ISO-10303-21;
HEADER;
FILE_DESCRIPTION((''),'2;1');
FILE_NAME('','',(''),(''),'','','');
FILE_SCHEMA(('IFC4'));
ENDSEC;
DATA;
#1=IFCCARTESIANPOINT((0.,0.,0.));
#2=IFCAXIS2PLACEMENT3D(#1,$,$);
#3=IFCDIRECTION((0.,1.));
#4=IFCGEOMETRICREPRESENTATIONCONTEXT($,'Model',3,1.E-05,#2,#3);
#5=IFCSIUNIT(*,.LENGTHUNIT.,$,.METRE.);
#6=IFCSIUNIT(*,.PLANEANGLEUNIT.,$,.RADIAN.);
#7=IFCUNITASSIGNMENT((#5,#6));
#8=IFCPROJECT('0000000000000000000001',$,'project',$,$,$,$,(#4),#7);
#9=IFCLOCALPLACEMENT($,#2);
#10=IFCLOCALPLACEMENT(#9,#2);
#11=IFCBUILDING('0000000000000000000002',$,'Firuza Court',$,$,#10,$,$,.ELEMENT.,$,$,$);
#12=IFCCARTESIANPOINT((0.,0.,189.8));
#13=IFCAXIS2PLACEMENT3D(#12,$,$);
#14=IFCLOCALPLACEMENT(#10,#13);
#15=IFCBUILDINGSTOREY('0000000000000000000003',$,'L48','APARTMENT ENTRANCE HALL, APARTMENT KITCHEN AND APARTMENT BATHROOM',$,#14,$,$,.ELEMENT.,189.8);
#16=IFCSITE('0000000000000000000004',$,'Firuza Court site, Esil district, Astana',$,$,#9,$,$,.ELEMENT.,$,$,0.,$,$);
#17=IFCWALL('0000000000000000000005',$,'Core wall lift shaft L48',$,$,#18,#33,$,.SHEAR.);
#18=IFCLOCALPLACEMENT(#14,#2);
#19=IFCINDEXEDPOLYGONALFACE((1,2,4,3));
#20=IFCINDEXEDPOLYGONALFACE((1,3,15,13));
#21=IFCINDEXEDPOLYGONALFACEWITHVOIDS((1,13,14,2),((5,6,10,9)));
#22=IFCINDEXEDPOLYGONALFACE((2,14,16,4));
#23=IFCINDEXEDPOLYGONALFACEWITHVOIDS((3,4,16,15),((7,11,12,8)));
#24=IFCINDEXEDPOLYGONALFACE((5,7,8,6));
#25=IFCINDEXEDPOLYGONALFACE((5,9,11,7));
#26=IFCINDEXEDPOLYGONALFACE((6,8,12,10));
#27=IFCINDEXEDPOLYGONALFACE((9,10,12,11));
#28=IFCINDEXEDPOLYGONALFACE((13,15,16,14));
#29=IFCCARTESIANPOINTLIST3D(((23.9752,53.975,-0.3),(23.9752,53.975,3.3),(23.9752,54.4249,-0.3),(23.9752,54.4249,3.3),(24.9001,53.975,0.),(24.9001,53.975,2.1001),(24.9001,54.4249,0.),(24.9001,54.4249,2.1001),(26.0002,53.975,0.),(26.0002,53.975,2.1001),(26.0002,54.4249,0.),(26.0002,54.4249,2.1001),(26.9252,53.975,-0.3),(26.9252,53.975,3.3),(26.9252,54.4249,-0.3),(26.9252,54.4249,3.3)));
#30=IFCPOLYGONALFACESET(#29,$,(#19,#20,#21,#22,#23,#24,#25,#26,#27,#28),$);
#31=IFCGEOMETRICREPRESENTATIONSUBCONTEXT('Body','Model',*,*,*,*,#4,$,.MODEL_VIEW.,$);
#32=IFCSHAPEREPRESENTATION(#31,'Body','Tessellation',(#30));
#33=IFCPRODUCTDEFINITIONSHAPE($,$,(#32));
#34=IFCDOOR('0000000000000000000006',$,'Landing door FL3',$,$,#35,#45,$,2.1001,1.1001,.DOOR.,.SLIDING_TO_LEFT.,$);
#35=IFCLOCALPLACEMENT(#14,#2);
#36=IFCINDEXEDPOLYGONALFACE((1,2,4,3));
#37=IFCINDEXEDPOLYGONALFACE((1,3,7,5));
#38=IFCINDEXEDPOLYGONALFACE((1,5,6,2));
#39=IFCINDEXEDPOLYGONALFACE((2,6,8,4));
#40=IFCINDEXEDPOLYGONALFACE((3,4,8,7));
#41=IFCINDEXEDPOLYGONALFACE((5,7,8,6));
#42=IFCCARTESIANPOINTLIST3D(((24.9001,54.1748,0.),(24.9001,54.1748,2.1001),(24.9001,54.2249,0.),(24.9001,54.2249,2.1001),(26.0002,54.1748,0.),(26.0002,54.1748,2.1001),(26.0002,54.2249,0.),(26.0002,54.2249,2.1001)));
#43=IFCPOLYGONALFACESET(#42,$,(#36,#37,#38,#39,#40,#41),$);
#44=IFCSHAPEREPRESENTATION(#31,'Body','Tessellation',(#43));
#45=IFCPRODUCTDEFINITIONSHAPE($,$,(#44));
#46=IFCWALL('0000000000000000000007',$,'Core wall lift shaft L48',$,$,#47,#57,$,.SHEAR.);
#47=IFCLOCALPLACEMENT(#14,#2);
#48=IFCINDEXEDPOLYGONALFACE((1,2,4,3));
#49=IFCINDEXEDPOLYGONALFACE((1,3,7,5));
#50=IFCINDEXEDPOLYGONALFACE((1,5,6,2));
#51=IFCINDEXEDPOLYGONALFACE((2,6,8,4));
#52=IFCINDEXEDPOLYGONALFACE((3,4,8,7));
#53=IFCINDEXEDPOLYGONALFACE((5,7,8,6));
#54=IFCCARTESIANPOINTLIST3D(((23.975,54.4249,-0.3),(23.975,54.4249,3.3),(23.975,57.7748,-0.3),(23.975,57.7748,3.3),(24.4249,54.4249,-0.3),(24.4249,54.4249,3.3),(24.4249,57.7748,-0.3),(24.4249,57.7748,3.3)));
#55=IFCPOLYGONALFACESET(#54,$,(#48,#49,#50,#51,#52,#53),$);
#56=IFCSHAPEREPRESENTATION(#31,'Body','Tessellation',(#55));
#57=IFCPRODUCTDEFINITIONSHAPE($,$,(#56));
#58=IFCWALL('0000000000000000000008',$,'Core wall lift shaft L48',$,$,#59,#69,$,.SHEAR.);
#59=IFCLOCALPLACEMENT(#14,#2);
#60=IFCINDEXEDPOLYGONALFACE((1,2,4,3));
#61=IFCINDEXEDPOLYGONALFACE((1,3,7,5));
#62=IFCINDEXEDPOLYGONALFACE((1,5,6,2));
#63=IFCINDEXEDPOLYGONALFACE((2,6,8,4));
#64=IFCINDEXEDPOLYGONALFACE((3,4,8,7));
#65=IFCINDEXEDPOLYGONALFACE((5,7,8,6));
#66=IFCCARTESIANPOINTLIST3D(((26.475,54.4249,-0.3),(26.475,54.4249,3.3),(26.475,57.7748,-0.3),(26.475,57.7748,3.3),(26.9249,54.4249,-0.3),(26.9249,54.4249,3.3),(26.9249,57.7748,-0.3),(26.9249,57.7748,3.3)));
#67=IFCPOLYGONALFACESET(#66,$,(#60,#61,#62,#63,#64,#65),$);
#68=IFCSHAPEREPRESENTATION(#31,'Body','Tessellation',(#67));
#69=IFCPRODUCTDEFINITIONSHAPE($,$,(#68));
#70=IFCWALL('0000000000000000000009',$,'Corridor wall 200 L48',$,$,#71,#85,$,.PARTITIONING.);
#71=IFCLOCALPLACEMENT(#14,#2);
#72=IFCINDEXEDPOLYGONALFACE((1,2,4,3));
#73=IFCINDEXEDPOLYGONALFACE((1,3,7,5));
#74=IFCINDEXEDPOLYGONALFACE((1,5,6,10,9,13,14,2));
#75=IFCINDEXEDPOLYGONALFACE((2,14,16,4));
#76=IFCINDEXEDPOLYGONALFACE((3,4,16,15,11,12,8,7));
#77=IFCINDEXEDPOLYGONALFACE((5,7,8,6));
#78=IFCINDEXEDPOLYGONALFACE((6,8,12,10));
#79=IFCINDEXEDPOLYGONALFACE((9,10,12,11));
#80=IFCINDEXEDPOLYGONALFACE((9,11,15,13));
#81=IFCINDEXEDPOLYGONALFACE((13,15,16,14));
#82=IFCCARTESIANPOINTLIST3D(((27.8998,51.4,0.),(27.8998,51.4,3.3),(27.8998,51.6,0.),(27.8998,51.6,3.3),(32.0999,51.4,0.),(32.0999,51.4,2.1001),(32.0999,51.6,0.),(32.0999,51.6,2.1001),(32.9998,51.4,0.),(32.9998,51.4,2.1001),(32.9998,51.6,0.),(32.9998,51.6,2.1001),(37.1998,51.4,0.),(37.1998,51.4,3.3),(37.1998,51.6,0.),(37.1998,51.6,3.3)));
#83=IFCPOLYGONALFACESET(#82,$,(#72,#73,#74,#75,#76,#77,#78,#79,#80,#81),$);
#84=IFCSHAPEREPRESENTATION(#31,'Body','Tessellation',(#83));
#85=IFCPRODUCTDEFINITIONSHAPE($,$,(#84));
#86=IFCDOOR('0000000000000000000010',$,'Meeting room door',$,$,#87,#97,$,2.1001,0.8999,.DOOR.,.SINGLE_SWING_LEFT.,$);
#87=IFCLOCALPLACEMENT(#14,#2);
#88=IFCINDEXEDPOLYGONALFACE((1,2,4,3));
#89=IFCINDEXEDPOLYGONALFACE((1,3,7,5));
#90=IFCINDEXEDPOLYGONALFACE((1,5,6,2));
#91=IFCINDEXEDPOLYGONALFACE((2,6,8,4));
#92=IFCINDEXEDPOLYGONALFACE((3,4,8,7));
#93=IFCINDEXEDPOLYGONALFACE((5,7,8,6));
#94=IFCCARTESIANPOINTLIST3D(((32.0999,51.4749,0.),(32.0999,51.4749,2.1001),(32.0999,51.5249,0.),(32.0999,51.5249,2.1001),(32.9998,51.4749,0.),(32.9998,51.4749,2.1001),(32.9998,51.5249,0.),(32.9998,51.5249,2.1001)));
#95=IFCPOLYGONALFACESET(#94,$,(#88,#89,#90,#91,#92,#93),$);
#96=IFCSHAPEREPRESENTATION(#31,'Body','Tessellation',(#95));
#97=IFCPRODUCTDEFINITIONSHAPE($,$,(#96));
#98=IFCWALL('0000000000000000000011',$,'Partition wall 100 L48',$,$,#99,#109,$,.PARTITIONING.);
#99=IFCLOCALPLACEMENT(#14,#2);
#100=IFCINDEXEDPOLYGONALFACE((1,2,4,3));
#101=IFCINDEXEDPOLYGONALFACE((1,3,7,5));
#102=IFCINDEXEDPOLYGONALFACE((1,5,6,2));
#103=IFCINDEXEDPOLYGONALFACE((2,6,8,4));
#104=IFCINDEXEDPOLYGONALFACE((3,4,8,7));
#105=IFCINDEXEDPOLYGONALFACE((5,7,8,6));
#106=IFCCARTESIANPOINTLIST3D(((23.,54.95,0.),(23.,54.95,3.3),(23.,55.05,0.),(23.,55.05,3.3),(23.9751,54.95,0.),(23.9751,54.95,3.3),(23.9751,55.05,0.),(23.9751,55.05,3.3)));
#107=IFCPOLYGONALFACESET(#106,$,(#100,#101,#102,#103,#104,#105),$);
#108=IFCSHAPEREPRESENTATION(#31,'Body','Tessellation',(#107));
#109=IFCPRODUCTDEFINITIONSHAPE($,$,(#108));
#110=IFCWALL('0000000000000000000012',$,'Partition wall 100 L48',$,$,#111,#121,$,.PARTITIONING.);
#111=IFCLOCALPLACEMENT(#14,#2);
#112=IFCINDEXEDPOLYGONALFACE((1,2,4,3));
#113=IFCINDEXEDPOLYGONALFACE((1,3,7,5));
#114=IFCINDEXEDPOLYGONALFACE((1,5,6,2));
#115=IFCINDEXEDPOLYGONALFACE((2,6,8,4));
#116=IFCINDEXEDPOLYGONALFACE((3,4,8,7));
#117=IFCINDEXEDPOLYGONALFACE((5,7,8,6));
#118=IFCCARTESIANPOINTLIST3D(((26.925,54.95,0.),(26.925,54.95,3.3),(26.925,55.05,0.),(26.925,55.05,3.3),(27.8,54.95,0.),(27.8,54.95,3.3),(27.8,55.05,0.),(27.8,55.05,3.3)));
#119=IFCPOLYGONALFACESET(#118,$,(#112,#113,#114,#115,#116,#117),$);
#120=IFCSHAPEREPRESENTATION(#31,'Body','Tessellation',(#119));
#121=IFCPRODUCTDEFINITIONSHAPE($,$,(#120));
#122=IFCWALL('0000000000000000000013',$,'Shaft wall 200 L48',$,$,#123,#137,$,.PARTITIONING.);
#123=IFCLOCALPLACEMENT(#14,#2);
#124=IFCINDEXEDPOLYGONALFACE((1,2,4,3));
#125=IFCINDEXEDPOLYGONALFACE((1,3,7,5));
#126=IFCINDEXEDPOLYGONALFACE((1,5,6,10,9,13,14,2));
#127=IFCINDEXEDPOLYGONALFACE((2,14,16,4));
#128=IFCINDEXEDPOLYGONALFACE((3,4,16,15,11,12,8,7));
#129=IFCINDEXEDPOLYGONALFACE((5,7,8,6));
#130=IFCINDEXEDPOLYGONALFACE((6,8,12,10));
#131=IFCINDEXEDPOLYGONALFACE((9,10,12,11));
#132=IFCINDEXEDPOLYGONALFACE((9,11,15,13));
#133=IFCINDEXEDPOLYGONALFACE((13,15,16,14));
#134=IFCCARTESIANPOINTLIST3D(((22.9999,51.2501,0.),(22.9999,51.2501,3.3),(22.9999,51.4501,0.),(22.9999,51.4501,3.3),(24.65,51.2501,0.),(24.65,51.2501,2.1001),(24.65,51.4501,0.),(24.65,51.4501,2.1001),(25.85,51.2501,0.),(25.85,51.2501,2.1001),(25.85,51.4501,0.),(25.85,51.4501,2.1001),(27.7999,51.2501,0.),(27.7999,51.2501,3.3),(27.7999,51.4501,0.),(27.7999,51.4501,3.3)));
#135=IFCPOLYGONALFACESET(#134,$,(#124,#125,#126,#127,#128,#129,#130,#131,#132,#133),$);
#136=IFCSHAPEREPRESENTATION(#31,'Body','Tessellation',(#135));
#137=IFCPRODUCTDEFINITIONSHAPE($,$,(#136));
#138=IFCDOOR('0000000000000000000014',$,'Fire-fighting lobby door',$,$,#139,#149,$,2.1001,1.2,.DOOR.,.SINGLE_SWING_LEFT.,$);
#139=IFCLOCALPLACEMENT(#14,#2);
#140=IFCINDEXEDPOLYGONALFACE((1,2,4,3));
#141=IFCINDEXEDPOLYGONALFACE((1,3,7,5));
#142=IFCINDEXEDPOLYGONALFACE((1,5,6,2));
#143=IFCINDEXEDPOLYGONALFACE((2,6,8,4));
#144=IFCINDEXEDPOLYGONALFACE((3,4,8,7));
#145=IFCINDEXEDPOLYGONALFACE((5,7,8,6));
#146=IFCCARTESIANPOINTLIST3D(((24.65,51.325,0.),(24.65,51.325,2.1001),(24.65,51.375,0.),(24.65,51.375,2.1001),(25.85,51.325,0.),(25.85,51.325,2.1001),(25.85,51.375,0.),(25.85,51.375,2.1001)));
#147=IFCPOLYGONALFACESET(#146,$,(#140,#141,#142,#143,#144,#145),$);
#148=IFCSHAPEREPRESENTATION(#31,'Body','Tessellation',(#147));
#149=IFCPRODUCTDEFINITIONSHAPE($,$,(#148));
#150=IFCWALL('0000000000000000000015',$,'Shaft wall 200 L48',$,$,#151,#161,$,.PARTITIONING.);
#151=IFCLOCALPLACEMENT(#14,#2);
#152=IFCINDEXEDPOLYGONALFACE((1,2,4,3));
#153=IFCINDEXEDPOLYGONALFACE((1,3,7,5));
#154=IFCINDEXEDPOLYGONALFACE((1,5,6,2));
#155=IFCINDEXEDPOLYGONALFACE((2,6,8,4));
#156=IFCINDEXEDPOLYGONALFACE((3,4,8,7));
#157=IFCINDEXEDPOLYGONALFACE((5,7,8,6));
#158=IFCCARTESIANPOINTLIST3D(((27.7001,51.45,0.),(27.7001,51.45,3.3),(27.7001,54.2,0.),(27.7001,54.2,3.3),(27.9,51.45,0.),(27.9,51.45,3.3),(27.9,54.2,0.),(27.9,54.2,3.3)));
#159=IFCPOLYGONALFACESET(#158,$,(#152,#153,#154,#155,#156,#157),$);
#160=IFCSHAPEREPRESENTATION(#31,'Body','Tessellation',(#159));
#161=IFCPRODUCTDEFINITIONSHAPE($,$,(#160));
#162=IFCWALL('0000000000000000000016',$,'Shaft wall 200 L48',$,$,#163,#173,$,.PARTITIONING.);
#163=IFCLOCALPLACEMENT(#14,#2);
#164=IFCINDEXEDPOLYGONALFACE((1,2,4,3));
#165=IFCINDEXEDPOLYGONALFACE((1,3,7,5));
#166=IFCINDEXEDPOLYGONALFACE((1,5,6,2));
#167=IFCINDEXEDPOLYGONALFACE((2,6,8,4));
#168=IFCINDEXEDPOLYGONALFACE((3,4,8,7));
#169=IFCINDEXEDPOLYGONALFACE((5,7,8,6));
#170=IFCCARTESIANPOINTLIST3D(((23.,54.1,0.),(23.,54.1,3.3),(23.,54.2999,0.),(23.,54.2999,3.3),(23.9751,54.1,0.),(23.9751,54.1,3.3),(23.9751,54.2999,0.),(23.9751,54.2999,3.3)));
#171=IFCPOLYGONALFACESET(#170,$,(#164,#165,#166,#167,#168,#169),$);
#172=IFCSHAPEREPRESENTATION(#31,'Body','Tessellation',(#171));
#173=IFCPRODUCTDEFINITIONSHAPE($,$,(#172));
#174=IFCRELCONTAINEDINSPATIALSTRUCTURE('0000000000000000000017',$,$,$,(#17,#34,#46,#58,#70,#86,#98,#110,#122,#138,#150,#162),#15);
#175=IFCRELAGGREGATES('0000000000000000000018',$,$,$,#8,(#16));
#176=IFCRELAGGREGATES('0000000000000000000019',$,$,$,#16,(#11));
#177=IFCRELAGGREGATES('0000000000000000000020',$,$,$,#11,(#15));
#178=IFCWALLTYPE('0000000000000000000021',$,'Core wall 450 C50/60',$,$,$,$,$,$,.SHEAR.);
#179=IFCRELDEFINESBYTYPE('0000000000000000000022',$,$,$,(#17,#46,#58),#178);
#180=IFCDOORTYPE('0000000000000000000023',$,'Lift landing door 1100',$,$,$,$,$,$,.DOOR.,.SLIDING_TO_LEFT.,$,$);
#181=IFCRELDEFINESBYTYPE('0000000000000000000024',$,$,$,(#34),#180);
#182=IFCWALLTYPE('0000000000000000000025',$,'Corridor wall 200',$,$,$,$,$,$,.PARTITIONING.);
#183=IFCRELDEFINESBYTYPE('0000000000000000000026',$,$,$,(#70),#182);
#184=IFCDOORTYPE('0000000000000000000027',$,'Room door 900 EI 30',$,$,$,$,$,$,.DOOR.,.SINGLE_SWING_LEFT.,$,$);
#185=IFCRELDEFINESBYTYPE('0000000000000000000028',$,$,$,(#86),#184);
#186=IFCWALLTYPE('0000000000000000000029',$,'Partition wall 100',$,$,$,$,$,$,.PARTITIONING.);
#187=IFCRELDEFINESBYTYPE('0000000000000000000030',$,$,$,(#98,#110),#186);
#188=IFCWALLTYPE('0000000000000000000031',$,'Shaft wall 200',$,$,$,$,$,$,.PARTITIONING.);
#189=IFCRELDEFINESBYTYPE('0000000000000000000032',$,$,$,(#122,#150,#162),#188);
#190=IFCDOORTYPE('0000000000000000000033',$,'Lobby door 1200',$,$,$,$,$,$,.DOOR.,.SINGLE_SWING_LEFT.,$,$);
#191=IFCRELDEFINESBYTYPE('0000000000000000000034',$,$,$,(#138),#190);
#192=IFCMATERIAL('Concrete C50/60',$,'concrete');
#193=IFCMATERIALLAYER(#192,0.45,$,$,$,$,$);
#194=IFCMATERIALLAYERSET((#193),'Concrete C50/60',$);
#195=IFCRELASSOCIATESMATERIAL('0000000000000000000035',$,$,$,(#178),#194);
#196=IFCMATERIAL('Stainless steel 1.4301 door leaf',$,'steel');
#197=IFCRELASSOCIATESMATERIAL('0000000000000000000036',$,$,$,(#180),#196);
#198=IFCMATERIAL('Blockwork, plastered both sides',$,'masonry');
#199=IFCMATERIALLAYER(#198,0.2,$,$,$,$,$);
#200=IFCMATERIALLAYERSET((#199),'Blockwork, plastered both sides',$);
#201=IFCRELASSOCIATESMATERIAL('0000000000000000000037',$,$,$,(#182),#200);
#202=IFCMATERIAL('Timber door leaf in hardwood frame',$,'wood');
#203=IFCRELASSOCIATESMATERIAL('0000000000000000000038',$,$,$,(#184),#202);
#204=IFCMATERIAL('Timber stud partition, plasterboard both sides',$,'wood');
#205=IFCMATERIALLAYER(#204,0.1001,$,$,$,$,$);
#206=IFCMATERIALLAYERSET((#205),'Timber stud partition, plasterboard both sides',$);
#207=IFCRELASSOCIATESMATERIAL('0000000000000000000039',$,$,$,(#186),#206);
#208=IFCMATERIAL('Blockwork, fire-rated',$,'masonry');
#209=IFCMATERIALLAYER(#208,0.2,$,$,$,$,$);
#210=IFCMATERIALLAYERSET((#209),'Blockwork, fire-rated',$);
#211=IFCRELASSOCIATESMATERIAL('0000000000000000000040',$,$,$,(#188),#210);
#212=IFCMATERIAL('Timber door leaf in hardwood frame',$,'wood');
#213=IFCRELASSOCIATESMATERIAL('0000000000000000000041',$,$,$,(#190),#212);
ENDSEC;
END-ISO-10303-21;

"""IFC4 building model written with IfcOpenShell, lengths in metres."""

from ifc_helpers import new_model, si_unit, direction, frame, frame_2d, origin, place, context, subcontext, project, spatial, rectangle, extrude, material, layer, layer_set, type_object, element, fill, save


model = new_model("IFC4")

# Units and contexts
model_context = context("Model", 3, precision=1e-05, world=origin(), true_north=direction((0.0, 1.0)))
body_context = subcontext(model_context, "Body", "Model", "MODEL_VIEW")
ifc_project = project(units=[si_unit("LENGTHUNIT", "METRE"), si_unit("PLANEANGLEUNIT", "RADIAN")], contexts=[model_context])

# Site, building, storey
site_placement = place(None, origin())
site = spatial("IfcSite", under=ifc_project, at=site_placement, Name="Firuza Court site, Esil district, Astana", CompositionType="ELEMENT", RefElevation=0.0)
building_placement = place(site_placement, origin())
building = spatial("IfcBuilding", under=site, at=building_placement, Name="Firuza Court", CompositionType="ELEMENT")
storey_placement = place(building_placement, frame((0.0, 0.0, 189.8)))
storey = spatial("IfcBuildingStorey", under=building, at=storey_placement, Name="L48", Description="APARTMENT ENTRANCE HALL, APARTMENT KITCHEN AND APARTMENT BATHROOM", CompositionType="ELEMENT", Elevation=189.8)

# Wall, opening, door
ifc_material_1 = material(Name="Concrete C50/60", Category="concrete")
ifc_layer_1 = layer(ifc_material_1, 0.45)
ifc_layer_set_1 = layer_set([ifc_layer_1], Name="Concrete C50/60")
wall_type_1 = type_object("IfcWallType", Name="Core wall 450 C50/60", PredefinedType="SHEAR", material=ifc_layer_set_1)
wall_1_placement = place(storey_placement, frame((23.9751, 54.2, -0.3), z_axis=(0.0, 0.0, 1.0), x_axis=(1.0, 0.0, 0.0)))
wall_1 = element("IfcWall", 1, at=wall_1_placement, inside=storey, type_object=wall_type_1, Name="Core wall lift shaft L48", PredefinedType="SHEAR", context=body_context, shape_type="SweptSolid", body=[
    extrude(rectangle(XDim=2.95, YDim=0.45, at=frame_2d((1.4751, 0.0))), origin(), (0.0, 0.0, 1.0), 3.6001),
])
opening_1_placement = place(wall_1_placement, frame((0.925, 0.0, 0.3)))
opening_1 = element("IfcOpeningElement", 2, at=opening_1_placement, cuts=wall_1, PredefinedType="OPENING", context=body_context, shape_type="SweptSolid", body=[
    extrude(rectangle(XDim=1.1001, YDim=2.1001, at=frame_2d((0.55, 1.05))), frame((0.0, 0.2368, 0.0), z_axis=(0.0, -1.0, 0.0), x_axis=(1.0, 0.0, 0.0)), (0.0, 0.0, 1.0), 0.4739),
])
ifc_material_2 = material(Name="Stainless steel 1.4301 door leaf", Category="steel")
door_type_1 = type_object("IfcDoorType", Name="Lift landing door 1100", OperationType="SLIDING_TO_LEFT", PredefinedType="DOOR", material=ifc_material_2)
door_1_placement = place(opening_1_placement, origin())
door_1 = element("IfcDoor", 3, at=door_1_placement, inside=storey, type_object=door_type_1, Name="Landing door FL3", OperationType="SLIDING_TO_LEFT", OverallHeight=2.1001, OverallWidth=1.1001, PredefinedType="DOOR", context=body_context, shape_type="SweptSolid", body=[
    extrude(rectangle(XDim=1.1001, YDim=2.1001, at=frame_2d((0.55, 1.05))), frame((0.0, 0.0249, 0.0), z_axis=(0.0, -1.0, 0.0), x_axis=(1.0, 0.0, 0.0)), (0.0, 0.0, 1.0), 0.05),
])
fill(opening_1, door_1)

# Walls
for number, where, z_axis, x_axis, name in (
    (4, (24.2, 54.425, -0.3), (0.0, 0.0, 1.0), (0.0, 1.0, 0.0), "Core wall lift shaft L48"),
    (5, (26.7, 54.425, -0.3), (0.0, 0.0, 1.0), (0.0, 1.0, 0.0), "Core wall lift shaft L48"),
):
    element("IfcWall", number, at=place(storey_placement, frame(where, z_axis=z_axis, x_axis=x_axis)), inside=storey, type_object=wall_type_1, Name=name, PredefinedType="SHEAR", context=body_context, shape_type="SweptSolid", body=[
        extrude(rectangle(XDim=3.3499, YDim=0.45, at=frame_2d((1.6748, 0.0))), origin(), (0.0, 0.0, 1.0), 3.6001),
    ])

# Wall, opening, door
ifc_material_3 = material(Name="Blockwork, plastered both sides", Category="masonry")
ifc_layer_2 = layer(ifc_material_3, 0.2)
ifc_layer_set_2 = layer_set([ifc_layer_2], Name="Blockwork, plastered both sides")
wall_type_2 = type_object("IfcWallType", Name="Corridor wall 200", PredefinedType="PARTITIONING", material=ifc_layer_set_2)
wall_2_placement = place(storey_placement, frame((27.8999, 51.5, 0.0), z_axis=(0.0, 0.0, 1.0), x_axis=(1.0, 0.0, 0.0)))
wall_2 = element("IfcWall", 6, at=wall_2_placement, inside=storey, type_object=wall_type_2, Name="Corridor wall 200 L48", PredefinedType="PARTITIONING", context=body_context, shape_type="SweptSolid", body=[
    extrude(rectangle(XDim=9.3, YDim=0.2, at=frame_2d((4.6499, 0.0))), origin(), (0.0, 0.0, 1.0), 3.3),
])
opening_2_placement = place(wall_2_placement, frame((4.2, 0.0, 0.0)))
opening_2 = element("IfcOpeningElement", 7, at=opening_2_placement, cuts=wall_2, PredefinedType="OPENING", context=body_context, shape_type="SweptSolid", body=[
    extrude(rectangle(XDim=0.8999, YDim=2.1001, at=frame_2d((0.45, 1.05))), frame((0.0, 0.1118, 0.0), z_axis=(0.0, -1.0, 0.0), x_axis=(1.0, 0.0, 0.0)), (0.0, 0.0, 1.0), 0.2239),
])
ifc_material_4 = material(Name="Timber door leaf in hardwood frame", Category="wood")
door_type_2 = type_object("IfcDoorType", Name="Room door 900 EI 30", OperationType="SINGLE_SWING_LEFT", PredefinedType="DOOR", material=ifc_material_4)
door_2_placement = place(opening_2_placement, origin())
door_2 = element("IfcDoor", 8, at=door_2_placement, inside=storey, type_object=door_type_2, Name="Meeting room door", OperationType="SINGLE_SWING_LEFT", OverallHeight=2.1001, OverallWidth=0.8999, PredefinedType="DOOR", context=body_context, shape_type="SweptSolid", body=[
    extrude(rectangle(XDim=0.8999, YDim=2.1001, at=frame_2d((0.45, 1.05))), frame((0.0, 0.0249, 0.0), z_axis=(0.0, -1.0, 0.0), x_axis=(1.0, 0.0, 0.0)), (0.0, 0.0, 1.0), 0.05),
])
fill(opening_2, door_2)

# Walls
ifc_material_5 = material(Name="Timber stud partition, plasterboard both sides", Category="wood")
ifc_layer_3 = layer(ifc_material_5, 0.1001)
ifc_layer_set_3 = layer_set([ifc_layer_3], Name="Timber stud partition, plasterboard both sides")
wall_type_3 = type_object("IfcWallType", Name="Partition wall 100", PredefinedType="PARTITIONING", material=ifc_layer_set_3)
wall_3_placement = place(storey_placement, frame((23.0, 55.0, 0.0), z_axis=(0.0, 0.0, 1.0), x_axis=(1.0, 0.0, 0.0)))
element("IfcWall", 9, at=wall_3_placement, inside=storey, type_object=wall_type_3, Name="Partition wall 100 L48", PredefinedType="PARTITIONING", context=body_context, shape_type="SweptSolid", body=[
    extrude(rectangle(XDim=0.9751, YDim=0.1001, at=frame_2d((0.4875, 0.0))), origin(), (0.0, 0.0, 1.0), 3.3),
])
wall_4_placement = place(storey_placement, frame((26.925, 55.0, 0.0), z_axis=(0.0, 0.0, 1.0), x_axis=(1.0, 0.0, 0.0)))
element("IfcWall", 10, at=wall_4_placement, inside=storey, type_object=wall_type_3, Name="Partition wall 100 L48", PredefinedType="PARTITIONING", context=body_context, shape_type="SweptSolid", body=[
    extrude(rectangle(XDim=0.875, YDim=0.1001, at=frame_2d((0.4375, 0.0))), origin(), (0.0, 0.0, 1.0), 3.3),
])

# Wall, opening, door
ifc_material_6 = material(Name="Blockwork, fire-rated", Category="masonry")
ifc_layer_4 = layer(ifc_material_6, 0.2)
ifc_layer_set_4 = layer_set([ifc_layer_4], Name="Blockwork, fire-rated")
wall_type_4 = type_object("IfcWallType", Name="Shaft wall 200", PredefinedType="PARTITIONING", material=ifc_layer_set_4)
wall_5_placement = place(storey_placement, frame((23.0, 51.3501, 0.0), z_axis=(0.0, 0.0, 1.0), x_axis=(1.0, 0.0, 0.0)))
wall_5 = element("IfcWall", 11, at=wall_5_placement, inside=storey, type_object=wall_type_4, Name="Shaft wall 200 L48", PredefinedType="PARTITIONING", context=body_context, shape_type="SweptSolid", body=[
    extrude(rectangle(XDim=4.8, YDim=0.2, at=frame_2d((2.3999, 0.0))), origin(), (0.0, 0.0, 1.0), 3.3),
])
opening_3_placement = place(wall_5_placement, frame((1.6499, 0.0, 0.0)))
opening_3 = element("IfcOpeningElement", 12, at=opening_3_placement, cuts=wall_5, PredefinedType="OPENING", context=body_context, shape_type="SweptSolid", body=[
    extrude(rectangle(XDim=1.2, YDim=2.1001, at=frame_2d((0.6001, 1.05))), frame((0.0, 0.1118, 0.0), z_axis=(0.0, -1.0, 0.0), x_axis=(1.0, 0.0, 0.0)), (0.0, 0.0, 1.0), 0.2239),
])
ifc_material_7 = material(Name="Timber door leaf in hardwood frame", Category="wood")
door_type_3 = type_object("IfcDoorType", Name="Lobby door 1200", OperationType="SINGLE_SWING_LEFT", PredefinedType="DOOR", material=ifc_material_7)
door_3_placement = place(opening_3_placement, origin())
door_3 = element("IfcDoor", 13, at=door_3_placement, inside=storey, type_object=door_type_3, Name="Fire-fighting lobby door", OperationType="SINGLE_SWING_LEFT", OverallHeight=2.1001, OverallWidth=1.2, PredefinedType="DOOR", context=body_context, shape_type="SweptSolid", body=[
    extrude(rectangle(XDim=1.2, YDim=2.1001, at=frame_2d((0.6001, 1.05))), frame((0.0, 0.0249, 0.0), z_axis=(0.0, -1.0, 0.0), x_axis=(1.0, 0.0, 0.0)), (0.0, 0.0, 1.0), 0.05),
])
fill(opening_3, door_3)

# Walls
wall_6_placement = place(storey_placement, frame((27.8, 51.45, 0.0), z_axis=(0.0, 0.0, 1.0), x_axis=(0.0, 1.0, 0.0)))
element("IfcWall", 14, at=wall_6_placement, inside=storey, type_object=wall_type_4, Name="Shaft wall 200 L48", PredefinedType="PARTITIONING", context=body_context, shape_type="SweptSolid", body=[
    extrude(rectangle(XDim=2.75, YDim=0.2, at=frame_2d((1.375, 0.0))), origin(), (0.0, 0.0, 1.0), 3.3),
])
wall_7_placement = place(storey_placement, frame((23.0, 54.2, 0.0), z_axis=(0.0, 0.0, 1.0), x_axis=(1.0, 0.0, 0.0)))
element("IfcWall", 15, at=wall_7_placement, inside=storey, type_object=wall_type_4, Name="Shaft wall 200 L48", PredefinedType="PARTITIONING", context=body_context, shape_type="SweptSolid", body=[
    extrude(rectangle(XDim=0.9751, YDim=0.2, at=frame_2d((0.4875, 0.0))), origin(), (0.0, 0.0, 1.0), 3.3),
])

save(model, "model.ifc")
